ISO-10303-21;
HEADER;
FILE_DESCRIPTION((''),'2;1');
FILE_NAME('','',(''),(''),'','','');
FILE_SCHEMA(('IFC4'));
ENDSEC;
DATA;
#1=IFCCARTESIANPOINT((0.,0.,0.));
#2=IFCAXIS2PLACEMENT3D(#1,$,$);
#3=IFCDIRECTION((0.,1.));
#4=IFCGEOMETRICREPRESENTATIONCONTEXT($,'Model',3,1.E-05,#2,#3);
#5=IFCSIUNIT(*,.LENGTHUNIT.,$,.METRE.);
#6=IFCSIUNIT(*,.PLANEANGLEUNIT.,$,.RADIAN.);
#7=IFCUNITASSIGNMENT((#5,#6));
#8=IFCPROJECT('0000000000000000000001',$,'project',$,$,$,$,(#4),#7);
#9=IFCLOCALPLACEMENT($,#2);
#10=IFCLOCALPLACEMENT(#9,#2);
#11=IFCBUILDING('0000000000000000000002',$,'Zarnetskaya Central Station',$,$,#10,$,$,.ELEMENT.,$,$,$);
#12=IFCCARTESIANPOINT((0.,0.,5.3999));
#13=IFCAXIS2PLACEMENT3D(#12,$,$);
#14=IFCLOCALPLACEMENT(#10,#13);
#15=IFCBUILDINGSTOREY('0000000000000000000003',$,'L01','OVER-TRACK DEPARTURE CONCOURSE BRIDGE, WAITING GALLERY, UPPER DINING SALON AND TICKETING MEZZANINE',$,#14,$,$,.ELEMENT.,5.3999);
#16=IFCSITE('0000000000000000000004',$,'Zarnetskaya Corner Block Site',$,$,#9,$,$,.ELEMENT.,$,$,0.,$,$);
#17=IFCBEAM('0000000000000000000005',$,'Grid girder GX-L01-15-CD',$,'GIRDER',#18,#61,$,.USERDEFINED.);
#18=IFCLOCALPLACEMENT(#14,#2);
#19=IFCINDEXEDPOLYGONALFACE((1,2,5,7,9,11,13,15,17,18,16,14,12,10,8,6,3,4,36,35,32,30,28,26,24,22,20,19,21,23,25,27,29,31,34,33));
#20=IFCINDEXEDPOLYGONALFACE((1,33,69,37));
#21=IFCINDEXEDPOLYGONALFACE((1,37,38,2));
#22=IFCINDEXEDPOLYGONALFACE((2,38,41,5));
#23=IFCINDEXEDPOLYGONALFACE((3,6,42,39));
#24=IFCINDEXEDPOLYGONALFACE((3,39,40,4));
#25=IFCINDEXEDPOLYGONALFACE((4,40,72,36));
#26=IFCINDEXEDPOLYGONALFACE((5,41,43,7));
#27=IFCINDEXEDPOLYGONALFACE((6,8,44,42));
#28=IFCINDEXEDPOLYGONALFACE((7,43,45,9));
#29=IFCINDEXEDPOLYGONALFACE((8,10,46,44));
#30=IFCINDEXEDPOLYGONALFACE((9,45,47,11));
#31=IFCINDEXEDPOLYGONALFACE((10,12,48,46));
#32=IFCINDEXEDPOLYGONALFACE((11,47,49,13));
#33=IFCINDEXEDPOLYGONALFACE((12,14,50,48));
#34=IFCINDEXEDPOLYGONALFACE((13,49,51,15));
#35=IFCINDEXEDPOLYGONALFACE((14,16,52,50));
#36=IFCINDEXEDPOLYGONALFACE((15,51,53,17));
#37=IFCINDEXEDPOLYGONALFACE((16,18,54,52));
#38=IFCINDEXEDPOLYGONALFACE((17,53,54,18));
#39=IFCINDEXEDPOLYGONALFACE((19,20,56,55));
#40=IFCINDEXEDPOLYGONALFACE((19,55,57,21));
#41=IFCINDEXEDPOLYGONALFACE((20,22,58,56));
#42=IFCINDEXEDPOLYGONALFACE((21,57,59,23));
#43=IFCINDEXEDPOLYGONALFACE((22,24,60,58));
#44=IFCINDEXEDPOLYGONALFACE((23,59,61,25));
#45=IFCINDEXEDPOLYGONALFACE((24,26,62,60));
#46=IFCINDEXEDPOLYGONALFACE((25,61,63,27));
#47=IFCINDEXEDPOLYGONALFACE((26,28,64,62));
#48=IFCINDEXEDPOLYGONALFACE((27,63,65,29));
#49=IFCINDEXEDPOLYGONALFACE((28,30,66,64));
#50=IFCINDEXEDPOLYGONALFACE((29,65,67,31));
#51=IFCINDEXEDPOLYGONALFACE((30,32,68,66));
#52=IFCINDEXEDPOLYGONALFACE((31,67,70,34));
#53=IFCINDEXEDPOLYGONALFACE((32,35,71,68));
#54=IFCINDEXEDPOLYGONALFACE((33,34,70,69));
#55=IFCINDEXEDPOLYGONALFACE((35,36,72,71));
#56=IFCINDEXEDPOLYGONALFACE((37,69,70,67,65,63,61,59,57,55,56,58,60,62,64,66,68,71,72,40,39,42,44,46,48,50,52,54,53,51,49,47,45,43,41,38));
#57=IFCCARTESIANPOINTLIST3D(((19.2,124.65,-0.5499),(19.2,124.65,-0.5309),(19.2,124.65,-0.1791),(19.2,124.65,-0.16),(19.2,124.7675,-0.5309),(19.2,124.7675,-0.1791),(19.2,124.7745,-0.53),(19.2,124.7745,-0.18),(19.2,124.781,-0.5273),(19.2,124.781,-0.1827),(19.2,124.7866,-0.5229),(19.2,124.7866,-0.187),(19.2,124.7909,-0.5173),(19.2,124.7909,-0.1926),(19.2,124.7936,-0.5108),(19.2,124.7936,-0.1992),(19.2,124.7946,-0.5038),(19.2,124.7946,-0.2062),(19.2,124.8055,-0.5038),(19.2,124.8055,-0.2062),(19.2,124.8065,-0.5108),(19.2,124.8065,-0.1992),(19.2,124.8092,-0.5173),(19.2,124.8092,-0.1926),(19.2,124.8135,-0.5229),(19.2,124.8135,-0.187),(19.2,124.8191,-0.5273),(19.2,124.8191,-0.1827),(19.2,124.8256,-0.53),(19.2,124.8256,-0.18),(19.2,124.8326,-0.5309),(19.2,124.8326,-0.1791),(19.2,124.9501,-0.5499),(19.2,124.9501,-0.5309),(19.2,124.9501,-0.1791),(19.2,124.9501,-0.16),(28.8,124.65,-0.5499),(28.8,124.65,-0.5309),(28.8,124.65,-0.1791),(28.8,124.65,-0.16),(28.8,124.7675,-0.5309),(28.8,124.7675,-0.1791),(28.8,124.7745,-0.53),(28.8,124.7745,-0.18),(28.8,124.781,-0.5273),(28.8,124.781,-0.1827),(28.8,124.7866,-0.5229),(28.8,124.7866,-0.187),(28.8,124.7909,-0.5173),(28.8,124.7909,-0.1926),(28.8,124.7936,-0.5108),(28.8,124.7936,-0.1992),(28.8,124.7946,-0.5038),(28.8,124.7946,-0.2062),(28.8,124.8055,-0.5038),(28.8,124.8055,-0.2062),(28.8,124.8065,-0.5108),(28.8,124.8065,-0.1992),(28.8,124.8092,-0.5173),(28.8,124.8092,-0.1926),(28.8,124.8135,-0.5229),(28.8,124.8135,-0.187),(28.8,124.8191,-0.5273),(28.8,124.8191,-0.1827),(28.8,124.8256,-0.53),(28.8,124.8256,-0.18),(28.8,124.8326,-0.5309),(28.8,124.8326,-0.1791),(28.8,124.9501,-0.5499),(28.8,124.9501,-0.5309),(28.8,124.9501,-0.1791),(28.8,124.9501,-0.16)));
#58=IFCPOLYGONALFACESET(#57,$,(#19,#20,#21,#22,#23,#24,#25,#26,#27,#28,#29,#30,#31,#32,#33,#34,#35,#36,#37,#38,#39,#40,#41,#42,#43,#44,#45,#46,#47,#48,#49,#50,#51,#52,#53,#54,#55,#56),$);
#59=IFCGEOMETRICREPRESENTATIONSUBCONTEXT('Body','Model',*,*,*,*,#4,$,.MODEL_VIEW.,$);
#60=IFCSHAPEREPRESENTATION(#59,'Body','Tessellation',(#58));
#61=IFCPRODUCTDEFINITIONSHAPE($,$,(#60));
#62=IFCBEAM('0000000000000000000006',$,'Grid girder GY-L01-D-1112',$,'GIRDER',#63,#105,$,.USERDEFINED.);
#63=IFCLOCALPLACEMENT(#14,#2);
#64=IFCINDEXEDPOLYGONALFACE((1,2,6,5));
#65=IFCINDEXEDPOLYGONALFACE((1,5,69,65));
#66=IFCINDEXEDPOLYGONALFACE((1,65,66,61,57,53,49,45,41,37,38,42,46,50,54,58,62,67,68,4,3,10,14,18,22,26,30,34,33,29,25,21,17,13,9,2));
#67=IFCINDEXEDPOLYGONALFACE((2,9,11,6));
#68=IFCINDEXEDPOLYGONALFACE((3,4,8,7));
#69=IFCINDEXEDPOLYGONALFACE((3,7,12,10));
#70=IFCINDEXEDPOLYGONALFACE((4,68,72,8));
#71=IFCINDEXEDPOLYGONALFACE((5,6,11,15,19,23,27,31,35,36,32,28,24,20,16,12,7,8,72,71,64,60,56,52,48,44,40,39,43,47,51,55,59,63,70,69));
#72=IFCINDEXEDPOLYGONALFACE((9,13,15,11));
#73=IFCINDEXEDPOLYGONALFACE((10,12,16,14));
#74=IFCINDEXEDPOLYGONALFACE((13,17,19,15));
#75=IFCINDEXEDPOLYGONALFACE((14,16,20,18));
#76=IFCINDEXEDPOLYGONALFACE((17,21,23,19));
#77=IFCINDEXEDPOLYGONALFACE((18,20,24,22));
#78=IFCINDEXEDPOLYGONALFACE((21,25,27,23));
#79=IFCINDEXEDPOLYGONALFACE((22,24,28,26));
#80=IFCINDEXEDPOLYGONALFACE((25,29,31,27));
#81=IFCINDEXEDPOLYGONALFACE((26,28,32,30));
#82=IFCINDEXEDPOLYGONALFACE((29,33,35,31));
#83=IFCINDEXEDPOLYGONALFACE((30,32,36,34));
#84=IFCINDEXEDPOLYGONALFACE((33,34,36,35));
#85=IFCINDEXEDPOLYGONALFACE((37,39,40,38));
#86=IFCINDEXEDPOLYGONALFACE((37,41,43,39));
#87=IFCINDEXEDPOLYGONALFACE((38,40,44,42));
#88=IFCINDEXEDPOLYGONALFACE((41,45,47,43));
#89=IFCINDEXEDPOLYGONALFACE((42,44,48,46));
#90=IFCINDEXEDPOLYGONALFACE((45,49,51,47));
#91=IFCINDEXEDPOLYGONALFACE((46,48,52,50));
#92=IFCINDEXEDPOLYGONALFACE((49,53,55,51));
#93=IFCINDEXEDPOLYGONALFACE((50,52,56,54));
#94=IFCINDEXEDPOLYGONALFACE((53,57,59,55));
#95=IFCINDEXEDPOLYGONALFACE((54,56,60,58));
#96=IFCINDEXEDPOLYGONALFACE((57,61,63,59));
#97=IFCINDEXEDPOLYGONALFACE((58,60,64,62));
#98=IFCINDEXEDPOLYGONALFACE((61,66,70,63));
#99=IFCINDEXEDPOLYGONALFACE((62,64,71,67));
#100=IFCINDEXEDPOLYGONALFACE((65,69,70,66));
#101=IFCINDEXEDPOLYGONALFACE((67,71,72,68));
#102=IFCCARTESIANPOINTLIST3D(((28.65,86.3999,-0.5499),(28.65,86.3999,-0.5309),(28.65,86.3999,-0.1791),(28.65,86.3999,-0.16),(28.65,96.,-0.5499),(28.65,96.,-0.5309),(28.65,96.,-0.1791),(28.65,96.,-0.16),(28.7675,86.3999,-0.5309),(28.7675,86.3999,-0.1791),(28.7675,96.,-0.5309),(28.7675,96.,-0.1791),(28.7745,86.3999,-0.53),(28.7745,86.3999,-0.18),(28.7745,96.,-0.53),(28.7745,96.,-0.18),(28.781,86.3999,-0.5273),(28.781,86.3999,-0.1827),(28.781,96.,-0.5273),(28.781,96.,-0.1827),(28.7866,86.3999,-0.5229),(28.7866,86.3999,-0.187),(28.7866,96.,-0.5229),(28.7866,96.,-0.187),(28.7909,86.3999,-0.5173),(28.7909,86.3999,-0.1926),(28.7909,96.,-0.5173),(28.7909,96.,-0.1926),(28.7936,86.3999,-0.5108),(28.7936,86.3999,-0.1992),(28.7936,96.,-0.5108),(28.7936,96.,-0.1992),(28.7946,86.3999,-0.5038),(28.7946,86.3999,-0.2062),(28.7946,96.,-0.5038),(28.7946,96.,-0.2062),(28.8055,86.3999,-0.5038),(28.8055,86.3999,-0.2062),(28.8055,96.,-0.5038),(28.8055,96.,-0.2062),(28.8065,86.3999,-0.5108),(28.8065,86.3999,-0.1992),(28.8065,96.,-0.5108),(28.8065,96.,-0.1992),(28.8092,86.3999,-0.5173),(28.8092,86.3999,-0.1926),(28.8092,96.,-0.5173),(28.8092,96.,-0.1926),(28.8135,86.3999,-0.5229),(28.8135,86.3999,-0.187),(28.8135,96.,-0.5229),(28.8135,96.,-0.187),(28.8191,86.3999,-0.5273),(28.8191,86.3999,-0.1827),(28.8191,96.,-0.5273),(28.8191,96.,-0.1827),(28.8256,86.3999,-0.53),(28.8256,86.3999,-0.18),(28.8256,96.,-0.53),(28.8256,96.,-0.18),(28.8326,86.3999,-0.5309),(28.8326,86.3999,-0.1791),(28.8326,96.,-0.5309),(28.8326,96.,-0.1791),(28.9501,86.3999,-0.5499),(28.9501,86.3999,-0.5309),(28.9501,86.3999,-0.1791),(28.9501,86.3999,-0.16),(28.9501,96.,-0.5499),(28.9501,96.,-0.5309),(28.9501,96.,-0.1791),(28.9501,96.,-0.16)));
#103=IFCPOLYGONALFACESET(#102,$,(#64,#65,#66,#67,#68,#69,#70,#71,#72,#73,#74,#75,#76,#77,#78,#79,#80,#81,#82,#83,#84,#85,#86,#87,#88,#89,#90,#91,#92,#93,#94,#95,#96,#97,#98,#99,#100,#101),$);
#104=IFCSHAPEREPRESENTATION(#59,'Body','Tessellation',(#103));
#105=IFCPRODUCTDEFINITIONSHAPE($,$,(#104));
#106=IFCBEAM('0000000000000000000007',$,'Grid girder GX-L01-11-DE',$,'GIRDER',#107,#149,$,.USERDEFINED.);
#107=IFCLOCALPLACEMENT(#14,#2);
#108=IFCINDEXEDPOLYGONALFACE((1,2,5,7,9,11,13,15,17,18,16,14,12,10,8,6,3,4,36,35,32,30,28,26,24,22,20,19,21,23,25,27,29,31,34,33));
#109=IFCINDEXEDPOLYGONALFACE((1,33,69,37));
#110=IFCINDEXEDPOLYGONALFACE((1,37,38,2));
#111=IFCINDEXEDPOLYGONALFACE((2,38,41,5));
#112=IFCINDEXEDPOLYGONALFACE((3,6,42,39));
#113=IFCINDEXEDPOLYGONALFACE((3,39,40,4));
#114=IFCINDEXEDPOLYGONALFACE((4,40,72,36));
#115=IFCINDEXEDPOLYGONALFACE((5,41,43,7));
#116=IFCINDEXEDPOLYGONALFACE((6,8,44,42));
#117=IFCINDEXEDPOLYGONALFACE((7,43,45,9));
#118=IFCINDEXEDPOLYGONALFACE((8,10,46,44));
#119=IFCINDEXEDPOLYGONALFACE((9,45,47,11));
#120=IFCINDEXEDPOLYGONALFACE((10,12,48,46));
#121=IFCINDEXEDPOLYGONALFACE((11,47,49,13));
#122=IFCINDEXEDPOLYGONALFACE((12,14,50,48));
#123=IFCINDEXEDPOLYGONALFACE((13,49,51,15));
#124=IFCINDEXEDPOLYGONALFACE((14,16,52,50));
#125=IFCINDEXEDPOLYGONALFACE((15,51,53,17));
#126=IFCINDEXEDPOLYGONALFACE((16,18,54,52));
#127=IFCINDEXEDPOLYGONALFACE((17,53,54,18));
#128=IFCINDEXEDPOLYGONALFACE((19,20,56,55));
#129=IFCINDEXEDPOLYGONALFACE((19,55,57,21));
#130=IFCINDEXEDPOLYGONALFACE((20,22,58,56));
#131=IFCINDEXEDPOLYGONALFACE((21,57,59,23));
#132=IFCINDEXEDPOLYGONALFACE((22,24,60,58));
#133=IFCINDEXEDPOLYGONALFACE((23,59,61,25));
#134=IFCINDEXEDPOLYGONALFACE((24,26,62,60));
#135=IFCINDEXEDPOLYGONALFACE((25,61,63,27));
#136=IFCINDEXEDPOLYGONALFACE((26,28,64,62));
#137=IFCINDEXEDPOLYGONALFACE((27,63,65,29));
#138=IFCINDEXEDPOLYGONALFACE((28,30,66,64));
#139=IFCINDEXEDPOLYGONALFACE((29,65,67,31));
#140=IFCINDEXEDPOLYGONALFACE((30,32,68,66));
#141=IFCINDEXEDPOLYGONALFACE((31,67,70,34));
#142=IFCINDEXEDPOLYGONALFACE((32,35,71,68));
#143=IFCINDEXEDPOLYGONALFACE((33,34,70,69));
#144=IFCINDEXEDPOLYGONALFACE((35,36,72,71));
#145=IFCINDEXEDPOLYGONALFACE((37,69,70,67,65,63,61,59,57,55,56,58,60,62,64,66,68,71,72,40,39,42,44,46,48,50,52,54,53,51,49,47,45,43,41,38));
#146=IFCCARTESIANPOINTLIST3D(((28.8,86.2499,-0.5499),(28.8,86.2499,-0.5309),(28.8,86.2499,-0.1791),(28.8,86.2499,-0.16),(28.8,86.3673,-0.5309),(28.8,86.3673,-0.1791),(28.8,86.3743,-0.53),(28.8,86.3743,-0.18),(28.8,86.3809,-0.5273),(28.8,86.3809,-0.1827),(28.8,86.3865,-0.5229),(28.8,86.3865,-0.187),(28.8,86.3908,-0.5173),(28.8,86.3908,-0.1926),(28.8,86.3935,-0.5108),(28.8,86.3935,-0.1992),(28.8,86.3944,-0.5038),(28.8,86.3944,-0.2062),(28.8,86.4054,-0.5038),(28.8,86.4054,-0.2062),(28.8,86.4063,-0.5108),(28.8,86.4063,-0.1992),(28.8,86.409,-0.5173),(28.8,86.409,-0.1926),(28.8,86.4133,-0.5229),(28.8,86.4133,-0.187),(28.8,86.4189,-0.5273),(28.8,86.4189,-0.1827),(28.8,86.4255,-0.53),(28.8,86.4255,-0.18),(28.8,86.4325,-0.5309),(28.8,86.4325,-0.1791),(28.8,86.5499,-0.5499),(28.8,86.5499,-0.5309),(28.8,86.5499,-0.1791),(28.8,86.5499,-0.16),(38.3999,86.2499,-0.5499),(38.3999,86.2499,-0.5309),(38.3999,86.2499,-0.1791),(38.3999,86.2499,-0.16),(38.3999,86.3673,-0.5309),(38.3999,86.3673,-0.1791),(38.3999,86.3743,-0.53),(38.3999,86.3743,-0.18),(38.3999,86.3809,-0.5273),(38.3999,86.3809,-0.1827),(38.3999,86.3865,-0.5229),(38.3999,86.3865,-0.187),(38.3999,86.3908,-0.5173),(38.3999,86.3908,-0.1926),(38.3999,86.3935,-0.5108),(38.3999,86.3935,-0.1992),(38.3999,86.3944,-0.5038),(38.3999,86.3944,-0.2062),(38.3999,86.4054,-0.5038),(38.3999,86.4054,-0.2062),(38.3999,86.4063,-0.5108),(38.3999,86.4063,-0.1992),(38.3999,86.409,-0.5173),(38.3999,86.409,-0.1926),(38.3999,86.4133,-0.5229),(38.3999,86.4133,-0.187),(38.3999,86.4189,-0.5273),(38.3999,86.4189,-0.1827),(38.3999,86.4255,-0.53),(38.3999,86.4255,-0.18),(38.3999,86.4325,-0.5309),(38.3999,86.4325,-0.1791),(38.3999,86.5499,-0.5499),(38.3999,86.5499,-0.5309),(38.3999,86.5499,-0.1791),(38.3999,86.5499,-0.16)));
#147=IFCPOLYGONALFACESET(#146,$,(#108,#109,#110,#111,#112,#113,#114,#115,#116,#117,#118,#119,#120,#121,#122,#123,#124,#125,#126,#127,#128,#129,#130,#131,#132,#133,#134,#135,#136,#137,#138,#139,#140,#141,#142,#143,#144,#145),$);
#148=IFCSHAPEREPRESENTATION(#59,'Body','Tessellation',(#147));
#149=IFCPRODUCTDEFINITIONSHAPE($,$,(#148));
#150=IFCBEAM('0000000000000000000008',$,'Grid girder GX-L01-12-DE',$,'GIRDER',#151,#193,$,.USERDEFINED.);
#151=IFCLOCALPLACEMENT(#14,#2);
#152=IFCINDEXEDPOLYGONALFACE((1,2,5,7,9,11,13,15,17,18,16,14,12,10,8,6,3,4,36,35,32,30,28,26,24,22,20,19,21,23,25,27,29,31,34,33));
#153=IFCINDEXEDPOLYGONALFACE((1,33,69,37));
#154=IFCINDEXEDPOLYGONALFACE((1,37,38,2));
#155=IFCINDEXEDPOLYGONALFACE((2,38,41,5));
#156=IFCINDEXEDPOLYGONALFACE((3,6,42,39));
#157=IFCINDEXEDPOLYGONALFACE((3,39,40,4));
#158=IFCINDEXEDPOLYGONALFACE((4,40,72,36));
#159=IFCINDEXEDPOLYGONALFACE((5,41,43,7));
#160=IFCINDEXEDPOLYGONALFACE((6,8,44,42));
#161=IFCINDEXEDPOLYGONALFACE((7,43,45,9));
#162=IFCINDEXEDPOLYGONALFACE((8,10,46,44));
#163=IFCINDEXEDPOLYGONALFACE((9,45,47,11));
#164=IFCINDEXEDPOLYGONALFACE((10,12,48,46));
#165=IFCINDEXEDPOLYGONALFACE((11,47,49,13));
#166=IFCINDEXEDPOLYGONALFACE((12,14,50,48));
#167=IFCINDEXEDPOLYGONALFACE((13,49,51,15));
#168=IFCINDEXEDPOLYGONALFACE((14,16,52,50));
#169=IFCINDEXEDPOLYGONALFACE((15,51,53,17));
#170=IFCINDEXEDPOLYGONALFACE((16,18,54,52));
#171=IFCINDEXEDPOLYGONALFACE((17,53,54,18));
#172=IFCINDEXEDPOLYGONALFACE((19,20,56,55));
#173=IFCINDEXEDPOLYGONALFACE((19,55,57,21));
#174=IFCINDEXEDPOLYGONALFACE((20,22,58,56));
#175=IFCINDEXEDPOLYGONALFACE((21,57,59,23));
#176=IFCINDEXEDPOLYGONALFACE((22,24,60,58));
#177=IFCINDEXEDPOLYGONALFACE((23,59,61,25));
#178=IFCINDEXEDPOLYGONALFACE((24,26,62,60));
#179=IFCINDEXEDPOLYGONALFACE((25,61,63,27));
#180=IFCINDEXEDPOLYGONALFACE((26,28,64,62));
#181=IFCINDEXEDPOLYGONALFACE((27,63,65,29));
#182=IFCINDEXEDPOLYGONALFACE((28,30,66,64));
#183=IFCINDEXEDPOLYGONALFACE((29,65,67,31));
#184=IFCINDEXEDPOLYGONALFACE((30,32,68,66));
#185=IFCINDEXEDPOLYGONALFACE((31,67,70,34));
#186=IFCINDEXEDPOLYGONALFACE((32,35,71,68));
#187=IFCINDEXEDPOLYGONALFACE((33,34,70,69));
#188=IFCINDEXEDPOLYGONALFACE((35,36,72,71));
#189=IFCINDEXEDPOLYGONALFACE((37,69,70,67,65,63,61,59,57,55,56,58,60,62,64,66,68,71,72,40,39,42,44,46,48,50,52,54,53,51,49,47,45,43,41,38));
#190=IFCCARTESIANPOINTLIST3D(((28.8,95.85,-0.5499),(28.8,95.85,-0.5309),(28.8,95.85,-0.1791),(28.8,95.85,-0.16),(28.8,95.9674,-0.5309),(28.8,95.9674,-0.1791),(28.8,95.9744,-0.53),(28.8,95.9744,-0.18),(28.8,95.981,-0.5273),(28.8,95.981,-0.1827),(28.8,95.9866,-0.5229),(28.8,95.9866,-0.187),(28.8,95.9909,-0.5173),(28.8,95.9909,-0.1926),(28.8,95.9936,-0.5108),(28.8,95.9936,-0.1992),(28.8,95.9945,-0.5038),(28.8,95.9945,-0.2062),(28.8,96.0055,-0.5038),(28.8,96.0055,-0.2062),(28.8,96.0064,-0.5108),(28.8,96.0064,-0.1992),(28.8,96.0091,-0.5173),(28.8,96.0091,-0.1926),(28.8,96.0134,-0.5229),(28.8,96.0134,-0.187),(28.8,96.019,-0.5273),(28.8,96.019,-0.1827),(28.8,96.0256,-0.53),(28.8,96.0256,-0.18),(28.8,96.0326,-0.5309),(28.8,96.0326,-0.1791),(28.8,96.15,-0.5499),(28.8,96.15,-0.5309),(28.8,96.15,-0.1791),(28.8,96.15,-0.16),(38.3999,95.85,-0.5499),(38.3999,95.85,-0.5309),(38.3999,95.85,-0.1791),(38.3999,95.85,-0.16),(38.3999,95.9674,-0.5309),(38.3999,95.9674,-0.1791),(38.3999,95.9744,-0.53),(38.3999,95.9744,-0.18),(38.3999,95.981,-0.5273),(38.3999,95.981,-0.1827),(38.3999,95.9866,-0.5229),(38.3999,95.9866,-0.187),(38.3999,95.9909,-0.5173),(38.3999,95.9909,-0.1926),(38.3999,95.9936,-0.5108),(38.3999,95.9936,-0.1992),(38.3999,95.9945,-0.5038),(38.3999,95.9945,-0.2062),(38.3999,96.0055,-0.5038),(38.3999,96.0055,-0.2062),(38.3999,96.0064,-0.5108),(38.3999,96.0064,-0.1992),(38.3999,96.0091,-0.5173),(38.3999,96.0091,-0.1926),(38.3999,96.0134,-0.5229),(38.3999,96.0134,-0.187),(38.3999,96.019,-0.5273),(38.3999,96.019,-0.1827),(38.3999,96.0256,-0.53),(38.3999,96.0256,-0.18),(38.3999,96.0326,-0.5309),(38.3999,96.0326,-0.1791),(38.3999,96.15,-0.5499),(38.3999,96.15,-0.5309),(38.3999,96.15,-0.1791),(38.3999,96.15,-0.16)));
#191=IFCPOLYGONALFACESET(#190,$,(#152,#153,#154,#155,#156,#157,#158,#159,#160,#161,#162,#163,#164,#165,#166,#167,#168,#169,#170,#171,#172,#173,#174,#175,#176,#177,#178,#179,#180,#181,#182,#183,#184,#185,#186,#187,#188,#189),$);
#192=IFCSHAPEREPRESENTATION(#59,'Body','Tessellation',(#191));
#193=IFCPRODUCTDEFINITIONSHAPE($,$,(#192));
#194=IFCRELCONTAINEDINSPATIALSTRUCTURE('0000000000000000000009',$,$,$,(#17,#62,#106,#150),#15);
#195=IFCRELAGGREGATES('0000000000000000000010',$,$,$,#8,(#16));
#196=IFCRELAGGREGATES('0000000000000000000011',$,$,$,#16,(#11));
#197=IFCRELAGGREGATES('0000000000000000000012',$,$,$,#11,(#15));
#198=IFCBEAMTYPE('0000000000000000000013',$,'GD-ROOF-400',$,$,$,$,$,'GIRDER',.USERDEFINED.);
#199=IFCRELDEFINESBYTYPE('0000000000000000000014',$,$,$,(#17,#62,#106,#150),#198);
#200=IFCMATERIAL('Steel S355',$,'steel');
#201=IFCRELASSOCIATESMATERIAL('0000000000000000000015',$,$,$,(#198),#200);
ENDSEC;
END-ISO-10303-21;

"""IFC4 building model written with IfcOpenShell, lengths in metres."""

from ifc_helpers import new_model, si_unit, direction, frame, origin, origin_2d, place, context, subcontext, project, spatial, i_section, extrude, material, material_profile, profile_set, type_object, element, save


model = new_model("IFC4")

# Units and contexts
model_context = context("Model", 3, precision=1e-05, world=origin(), true_north=direction((0.0, 1.0)))
body_context = subcontext(model_context, "Body", "Model", "MODEL_VIEW")
ifc_project = project(units=[si_unit("LENGTHUNIT", "METRE"), si_unit("PLANEANGLEUNIT", "RADIAN")], contexts=[model_context])

# Site, building, storey
site_placement = place(None, origin())
site = spatial("IfcSite", under=ifc_project, at=site_placement, Name="Zarnetskaya Corner Block Site", CompositionType="ELEMENT", RefElevation=0.0)
building_placement = place(site_placement, origin())
building = spatial("IfcBuilding", under=site, at=building_placement, Name="Zarnetskaya Central Station", CompositionType="ELEMENT")
storey_placement = place(building_placement, frame((0.0, 0.0, 5.3999)))
storey = spatial("IfcBuildingStorey", under=building, at=storey_placement, Name="L01", Description="OVER-TRACK DEPARTURE CONCOURSE BRIDGE, WAITING GALLERY, UPPER DINING SALON AND TICKETING MEZZANINE", CompositionType="ELEMENT", Elevation=5.3999)

# Beams
ifc_material = material(Name="Steel S355", Category="steel")
ifc_material_profile_1 = material_profile(ifc_material, i_section(OverallWidth=0.3, OverallDepth=0.3899, WebThickness=0.011, FlangeThickness=0.019, FilletRadius=0.0271, at=origin_2d()), Name="HEA 400")
ifc_profile_set_1 = profile_set([ifc_material_profile_1], Name="Steel S355")
beam_type_1 = type_object("IfcBeamType", Name="GD-ROOF-400", ElementType="GIRDER", PredefinedType="USERDEFINED", material=ifc_profile_set_1)
for number, where, z_axis, x_axis, name in (
    (1, (19.2, 124.8, -0.355), (1.0, 0.0, 0.0), (0.0, 1.0, 0.0), "Grid girder GX-L01-15-CD"),
    (2, (28.8, 86.3999, -0.355), (0.0, 1.0, 0.0), (-1.0, 0.0, 0.0), "Grid girder GY-L01-D-1112"),
):
    element("IfcBeam", number, at=place(storey_placement, frame(where, z_axis=z_axis, x_axis=x_axis)), inside=storey, type_object=beam_type_1, Name=name, ObjectType="GIRDER", PredefinedType="USERDEFINED", context=body_context, shape_type="SweptSolid", body=[
        extrude(i_section(OverallWidth=0.3, OverallDepth=0.3899, WebThickness=0.011, FlangeThickness=0.019, FilletRadius=0.0271, at=origin_2d()), origin(), (0.0, 0.0, 1.0), 9.6001),
    ])
for number, where, z_axis, x_axis, name in (
    (3, (28.8, 86.3999, -0.355), (1.0, 0.0, 0.0), (0.0, 1.0, 0.0), "Grid girder GX-L01-11-DE"),
    (4, (28.8, 96.0, -0.355), (1.0, 0.0, 0.0), (0.0, 1.0, 0.0), "Grid girder GX-L01-12-DE"),
):
    element("IfcBeam", number, at=place(storey_placement, frame(where, z_axis=z_axis, x_axis=x_axis)), inside=storey, type_object=beam_type_1, Name=name, ObjectType="GIRDER", PredefinedType="USERDEFINED", context=body_context, shape_type="SweptSolid", body=[
        extrude(i_section(OverallWidth=0.3, OverallDepth=0.3899, WebThickness=0.011, FlangeThickness=0.019, FilletRadius=0.0271, at=origin_2d()), origin(), (0.0, 0.0, 1.0), 9.5999),
    ])

save(model, "model.ifc")
